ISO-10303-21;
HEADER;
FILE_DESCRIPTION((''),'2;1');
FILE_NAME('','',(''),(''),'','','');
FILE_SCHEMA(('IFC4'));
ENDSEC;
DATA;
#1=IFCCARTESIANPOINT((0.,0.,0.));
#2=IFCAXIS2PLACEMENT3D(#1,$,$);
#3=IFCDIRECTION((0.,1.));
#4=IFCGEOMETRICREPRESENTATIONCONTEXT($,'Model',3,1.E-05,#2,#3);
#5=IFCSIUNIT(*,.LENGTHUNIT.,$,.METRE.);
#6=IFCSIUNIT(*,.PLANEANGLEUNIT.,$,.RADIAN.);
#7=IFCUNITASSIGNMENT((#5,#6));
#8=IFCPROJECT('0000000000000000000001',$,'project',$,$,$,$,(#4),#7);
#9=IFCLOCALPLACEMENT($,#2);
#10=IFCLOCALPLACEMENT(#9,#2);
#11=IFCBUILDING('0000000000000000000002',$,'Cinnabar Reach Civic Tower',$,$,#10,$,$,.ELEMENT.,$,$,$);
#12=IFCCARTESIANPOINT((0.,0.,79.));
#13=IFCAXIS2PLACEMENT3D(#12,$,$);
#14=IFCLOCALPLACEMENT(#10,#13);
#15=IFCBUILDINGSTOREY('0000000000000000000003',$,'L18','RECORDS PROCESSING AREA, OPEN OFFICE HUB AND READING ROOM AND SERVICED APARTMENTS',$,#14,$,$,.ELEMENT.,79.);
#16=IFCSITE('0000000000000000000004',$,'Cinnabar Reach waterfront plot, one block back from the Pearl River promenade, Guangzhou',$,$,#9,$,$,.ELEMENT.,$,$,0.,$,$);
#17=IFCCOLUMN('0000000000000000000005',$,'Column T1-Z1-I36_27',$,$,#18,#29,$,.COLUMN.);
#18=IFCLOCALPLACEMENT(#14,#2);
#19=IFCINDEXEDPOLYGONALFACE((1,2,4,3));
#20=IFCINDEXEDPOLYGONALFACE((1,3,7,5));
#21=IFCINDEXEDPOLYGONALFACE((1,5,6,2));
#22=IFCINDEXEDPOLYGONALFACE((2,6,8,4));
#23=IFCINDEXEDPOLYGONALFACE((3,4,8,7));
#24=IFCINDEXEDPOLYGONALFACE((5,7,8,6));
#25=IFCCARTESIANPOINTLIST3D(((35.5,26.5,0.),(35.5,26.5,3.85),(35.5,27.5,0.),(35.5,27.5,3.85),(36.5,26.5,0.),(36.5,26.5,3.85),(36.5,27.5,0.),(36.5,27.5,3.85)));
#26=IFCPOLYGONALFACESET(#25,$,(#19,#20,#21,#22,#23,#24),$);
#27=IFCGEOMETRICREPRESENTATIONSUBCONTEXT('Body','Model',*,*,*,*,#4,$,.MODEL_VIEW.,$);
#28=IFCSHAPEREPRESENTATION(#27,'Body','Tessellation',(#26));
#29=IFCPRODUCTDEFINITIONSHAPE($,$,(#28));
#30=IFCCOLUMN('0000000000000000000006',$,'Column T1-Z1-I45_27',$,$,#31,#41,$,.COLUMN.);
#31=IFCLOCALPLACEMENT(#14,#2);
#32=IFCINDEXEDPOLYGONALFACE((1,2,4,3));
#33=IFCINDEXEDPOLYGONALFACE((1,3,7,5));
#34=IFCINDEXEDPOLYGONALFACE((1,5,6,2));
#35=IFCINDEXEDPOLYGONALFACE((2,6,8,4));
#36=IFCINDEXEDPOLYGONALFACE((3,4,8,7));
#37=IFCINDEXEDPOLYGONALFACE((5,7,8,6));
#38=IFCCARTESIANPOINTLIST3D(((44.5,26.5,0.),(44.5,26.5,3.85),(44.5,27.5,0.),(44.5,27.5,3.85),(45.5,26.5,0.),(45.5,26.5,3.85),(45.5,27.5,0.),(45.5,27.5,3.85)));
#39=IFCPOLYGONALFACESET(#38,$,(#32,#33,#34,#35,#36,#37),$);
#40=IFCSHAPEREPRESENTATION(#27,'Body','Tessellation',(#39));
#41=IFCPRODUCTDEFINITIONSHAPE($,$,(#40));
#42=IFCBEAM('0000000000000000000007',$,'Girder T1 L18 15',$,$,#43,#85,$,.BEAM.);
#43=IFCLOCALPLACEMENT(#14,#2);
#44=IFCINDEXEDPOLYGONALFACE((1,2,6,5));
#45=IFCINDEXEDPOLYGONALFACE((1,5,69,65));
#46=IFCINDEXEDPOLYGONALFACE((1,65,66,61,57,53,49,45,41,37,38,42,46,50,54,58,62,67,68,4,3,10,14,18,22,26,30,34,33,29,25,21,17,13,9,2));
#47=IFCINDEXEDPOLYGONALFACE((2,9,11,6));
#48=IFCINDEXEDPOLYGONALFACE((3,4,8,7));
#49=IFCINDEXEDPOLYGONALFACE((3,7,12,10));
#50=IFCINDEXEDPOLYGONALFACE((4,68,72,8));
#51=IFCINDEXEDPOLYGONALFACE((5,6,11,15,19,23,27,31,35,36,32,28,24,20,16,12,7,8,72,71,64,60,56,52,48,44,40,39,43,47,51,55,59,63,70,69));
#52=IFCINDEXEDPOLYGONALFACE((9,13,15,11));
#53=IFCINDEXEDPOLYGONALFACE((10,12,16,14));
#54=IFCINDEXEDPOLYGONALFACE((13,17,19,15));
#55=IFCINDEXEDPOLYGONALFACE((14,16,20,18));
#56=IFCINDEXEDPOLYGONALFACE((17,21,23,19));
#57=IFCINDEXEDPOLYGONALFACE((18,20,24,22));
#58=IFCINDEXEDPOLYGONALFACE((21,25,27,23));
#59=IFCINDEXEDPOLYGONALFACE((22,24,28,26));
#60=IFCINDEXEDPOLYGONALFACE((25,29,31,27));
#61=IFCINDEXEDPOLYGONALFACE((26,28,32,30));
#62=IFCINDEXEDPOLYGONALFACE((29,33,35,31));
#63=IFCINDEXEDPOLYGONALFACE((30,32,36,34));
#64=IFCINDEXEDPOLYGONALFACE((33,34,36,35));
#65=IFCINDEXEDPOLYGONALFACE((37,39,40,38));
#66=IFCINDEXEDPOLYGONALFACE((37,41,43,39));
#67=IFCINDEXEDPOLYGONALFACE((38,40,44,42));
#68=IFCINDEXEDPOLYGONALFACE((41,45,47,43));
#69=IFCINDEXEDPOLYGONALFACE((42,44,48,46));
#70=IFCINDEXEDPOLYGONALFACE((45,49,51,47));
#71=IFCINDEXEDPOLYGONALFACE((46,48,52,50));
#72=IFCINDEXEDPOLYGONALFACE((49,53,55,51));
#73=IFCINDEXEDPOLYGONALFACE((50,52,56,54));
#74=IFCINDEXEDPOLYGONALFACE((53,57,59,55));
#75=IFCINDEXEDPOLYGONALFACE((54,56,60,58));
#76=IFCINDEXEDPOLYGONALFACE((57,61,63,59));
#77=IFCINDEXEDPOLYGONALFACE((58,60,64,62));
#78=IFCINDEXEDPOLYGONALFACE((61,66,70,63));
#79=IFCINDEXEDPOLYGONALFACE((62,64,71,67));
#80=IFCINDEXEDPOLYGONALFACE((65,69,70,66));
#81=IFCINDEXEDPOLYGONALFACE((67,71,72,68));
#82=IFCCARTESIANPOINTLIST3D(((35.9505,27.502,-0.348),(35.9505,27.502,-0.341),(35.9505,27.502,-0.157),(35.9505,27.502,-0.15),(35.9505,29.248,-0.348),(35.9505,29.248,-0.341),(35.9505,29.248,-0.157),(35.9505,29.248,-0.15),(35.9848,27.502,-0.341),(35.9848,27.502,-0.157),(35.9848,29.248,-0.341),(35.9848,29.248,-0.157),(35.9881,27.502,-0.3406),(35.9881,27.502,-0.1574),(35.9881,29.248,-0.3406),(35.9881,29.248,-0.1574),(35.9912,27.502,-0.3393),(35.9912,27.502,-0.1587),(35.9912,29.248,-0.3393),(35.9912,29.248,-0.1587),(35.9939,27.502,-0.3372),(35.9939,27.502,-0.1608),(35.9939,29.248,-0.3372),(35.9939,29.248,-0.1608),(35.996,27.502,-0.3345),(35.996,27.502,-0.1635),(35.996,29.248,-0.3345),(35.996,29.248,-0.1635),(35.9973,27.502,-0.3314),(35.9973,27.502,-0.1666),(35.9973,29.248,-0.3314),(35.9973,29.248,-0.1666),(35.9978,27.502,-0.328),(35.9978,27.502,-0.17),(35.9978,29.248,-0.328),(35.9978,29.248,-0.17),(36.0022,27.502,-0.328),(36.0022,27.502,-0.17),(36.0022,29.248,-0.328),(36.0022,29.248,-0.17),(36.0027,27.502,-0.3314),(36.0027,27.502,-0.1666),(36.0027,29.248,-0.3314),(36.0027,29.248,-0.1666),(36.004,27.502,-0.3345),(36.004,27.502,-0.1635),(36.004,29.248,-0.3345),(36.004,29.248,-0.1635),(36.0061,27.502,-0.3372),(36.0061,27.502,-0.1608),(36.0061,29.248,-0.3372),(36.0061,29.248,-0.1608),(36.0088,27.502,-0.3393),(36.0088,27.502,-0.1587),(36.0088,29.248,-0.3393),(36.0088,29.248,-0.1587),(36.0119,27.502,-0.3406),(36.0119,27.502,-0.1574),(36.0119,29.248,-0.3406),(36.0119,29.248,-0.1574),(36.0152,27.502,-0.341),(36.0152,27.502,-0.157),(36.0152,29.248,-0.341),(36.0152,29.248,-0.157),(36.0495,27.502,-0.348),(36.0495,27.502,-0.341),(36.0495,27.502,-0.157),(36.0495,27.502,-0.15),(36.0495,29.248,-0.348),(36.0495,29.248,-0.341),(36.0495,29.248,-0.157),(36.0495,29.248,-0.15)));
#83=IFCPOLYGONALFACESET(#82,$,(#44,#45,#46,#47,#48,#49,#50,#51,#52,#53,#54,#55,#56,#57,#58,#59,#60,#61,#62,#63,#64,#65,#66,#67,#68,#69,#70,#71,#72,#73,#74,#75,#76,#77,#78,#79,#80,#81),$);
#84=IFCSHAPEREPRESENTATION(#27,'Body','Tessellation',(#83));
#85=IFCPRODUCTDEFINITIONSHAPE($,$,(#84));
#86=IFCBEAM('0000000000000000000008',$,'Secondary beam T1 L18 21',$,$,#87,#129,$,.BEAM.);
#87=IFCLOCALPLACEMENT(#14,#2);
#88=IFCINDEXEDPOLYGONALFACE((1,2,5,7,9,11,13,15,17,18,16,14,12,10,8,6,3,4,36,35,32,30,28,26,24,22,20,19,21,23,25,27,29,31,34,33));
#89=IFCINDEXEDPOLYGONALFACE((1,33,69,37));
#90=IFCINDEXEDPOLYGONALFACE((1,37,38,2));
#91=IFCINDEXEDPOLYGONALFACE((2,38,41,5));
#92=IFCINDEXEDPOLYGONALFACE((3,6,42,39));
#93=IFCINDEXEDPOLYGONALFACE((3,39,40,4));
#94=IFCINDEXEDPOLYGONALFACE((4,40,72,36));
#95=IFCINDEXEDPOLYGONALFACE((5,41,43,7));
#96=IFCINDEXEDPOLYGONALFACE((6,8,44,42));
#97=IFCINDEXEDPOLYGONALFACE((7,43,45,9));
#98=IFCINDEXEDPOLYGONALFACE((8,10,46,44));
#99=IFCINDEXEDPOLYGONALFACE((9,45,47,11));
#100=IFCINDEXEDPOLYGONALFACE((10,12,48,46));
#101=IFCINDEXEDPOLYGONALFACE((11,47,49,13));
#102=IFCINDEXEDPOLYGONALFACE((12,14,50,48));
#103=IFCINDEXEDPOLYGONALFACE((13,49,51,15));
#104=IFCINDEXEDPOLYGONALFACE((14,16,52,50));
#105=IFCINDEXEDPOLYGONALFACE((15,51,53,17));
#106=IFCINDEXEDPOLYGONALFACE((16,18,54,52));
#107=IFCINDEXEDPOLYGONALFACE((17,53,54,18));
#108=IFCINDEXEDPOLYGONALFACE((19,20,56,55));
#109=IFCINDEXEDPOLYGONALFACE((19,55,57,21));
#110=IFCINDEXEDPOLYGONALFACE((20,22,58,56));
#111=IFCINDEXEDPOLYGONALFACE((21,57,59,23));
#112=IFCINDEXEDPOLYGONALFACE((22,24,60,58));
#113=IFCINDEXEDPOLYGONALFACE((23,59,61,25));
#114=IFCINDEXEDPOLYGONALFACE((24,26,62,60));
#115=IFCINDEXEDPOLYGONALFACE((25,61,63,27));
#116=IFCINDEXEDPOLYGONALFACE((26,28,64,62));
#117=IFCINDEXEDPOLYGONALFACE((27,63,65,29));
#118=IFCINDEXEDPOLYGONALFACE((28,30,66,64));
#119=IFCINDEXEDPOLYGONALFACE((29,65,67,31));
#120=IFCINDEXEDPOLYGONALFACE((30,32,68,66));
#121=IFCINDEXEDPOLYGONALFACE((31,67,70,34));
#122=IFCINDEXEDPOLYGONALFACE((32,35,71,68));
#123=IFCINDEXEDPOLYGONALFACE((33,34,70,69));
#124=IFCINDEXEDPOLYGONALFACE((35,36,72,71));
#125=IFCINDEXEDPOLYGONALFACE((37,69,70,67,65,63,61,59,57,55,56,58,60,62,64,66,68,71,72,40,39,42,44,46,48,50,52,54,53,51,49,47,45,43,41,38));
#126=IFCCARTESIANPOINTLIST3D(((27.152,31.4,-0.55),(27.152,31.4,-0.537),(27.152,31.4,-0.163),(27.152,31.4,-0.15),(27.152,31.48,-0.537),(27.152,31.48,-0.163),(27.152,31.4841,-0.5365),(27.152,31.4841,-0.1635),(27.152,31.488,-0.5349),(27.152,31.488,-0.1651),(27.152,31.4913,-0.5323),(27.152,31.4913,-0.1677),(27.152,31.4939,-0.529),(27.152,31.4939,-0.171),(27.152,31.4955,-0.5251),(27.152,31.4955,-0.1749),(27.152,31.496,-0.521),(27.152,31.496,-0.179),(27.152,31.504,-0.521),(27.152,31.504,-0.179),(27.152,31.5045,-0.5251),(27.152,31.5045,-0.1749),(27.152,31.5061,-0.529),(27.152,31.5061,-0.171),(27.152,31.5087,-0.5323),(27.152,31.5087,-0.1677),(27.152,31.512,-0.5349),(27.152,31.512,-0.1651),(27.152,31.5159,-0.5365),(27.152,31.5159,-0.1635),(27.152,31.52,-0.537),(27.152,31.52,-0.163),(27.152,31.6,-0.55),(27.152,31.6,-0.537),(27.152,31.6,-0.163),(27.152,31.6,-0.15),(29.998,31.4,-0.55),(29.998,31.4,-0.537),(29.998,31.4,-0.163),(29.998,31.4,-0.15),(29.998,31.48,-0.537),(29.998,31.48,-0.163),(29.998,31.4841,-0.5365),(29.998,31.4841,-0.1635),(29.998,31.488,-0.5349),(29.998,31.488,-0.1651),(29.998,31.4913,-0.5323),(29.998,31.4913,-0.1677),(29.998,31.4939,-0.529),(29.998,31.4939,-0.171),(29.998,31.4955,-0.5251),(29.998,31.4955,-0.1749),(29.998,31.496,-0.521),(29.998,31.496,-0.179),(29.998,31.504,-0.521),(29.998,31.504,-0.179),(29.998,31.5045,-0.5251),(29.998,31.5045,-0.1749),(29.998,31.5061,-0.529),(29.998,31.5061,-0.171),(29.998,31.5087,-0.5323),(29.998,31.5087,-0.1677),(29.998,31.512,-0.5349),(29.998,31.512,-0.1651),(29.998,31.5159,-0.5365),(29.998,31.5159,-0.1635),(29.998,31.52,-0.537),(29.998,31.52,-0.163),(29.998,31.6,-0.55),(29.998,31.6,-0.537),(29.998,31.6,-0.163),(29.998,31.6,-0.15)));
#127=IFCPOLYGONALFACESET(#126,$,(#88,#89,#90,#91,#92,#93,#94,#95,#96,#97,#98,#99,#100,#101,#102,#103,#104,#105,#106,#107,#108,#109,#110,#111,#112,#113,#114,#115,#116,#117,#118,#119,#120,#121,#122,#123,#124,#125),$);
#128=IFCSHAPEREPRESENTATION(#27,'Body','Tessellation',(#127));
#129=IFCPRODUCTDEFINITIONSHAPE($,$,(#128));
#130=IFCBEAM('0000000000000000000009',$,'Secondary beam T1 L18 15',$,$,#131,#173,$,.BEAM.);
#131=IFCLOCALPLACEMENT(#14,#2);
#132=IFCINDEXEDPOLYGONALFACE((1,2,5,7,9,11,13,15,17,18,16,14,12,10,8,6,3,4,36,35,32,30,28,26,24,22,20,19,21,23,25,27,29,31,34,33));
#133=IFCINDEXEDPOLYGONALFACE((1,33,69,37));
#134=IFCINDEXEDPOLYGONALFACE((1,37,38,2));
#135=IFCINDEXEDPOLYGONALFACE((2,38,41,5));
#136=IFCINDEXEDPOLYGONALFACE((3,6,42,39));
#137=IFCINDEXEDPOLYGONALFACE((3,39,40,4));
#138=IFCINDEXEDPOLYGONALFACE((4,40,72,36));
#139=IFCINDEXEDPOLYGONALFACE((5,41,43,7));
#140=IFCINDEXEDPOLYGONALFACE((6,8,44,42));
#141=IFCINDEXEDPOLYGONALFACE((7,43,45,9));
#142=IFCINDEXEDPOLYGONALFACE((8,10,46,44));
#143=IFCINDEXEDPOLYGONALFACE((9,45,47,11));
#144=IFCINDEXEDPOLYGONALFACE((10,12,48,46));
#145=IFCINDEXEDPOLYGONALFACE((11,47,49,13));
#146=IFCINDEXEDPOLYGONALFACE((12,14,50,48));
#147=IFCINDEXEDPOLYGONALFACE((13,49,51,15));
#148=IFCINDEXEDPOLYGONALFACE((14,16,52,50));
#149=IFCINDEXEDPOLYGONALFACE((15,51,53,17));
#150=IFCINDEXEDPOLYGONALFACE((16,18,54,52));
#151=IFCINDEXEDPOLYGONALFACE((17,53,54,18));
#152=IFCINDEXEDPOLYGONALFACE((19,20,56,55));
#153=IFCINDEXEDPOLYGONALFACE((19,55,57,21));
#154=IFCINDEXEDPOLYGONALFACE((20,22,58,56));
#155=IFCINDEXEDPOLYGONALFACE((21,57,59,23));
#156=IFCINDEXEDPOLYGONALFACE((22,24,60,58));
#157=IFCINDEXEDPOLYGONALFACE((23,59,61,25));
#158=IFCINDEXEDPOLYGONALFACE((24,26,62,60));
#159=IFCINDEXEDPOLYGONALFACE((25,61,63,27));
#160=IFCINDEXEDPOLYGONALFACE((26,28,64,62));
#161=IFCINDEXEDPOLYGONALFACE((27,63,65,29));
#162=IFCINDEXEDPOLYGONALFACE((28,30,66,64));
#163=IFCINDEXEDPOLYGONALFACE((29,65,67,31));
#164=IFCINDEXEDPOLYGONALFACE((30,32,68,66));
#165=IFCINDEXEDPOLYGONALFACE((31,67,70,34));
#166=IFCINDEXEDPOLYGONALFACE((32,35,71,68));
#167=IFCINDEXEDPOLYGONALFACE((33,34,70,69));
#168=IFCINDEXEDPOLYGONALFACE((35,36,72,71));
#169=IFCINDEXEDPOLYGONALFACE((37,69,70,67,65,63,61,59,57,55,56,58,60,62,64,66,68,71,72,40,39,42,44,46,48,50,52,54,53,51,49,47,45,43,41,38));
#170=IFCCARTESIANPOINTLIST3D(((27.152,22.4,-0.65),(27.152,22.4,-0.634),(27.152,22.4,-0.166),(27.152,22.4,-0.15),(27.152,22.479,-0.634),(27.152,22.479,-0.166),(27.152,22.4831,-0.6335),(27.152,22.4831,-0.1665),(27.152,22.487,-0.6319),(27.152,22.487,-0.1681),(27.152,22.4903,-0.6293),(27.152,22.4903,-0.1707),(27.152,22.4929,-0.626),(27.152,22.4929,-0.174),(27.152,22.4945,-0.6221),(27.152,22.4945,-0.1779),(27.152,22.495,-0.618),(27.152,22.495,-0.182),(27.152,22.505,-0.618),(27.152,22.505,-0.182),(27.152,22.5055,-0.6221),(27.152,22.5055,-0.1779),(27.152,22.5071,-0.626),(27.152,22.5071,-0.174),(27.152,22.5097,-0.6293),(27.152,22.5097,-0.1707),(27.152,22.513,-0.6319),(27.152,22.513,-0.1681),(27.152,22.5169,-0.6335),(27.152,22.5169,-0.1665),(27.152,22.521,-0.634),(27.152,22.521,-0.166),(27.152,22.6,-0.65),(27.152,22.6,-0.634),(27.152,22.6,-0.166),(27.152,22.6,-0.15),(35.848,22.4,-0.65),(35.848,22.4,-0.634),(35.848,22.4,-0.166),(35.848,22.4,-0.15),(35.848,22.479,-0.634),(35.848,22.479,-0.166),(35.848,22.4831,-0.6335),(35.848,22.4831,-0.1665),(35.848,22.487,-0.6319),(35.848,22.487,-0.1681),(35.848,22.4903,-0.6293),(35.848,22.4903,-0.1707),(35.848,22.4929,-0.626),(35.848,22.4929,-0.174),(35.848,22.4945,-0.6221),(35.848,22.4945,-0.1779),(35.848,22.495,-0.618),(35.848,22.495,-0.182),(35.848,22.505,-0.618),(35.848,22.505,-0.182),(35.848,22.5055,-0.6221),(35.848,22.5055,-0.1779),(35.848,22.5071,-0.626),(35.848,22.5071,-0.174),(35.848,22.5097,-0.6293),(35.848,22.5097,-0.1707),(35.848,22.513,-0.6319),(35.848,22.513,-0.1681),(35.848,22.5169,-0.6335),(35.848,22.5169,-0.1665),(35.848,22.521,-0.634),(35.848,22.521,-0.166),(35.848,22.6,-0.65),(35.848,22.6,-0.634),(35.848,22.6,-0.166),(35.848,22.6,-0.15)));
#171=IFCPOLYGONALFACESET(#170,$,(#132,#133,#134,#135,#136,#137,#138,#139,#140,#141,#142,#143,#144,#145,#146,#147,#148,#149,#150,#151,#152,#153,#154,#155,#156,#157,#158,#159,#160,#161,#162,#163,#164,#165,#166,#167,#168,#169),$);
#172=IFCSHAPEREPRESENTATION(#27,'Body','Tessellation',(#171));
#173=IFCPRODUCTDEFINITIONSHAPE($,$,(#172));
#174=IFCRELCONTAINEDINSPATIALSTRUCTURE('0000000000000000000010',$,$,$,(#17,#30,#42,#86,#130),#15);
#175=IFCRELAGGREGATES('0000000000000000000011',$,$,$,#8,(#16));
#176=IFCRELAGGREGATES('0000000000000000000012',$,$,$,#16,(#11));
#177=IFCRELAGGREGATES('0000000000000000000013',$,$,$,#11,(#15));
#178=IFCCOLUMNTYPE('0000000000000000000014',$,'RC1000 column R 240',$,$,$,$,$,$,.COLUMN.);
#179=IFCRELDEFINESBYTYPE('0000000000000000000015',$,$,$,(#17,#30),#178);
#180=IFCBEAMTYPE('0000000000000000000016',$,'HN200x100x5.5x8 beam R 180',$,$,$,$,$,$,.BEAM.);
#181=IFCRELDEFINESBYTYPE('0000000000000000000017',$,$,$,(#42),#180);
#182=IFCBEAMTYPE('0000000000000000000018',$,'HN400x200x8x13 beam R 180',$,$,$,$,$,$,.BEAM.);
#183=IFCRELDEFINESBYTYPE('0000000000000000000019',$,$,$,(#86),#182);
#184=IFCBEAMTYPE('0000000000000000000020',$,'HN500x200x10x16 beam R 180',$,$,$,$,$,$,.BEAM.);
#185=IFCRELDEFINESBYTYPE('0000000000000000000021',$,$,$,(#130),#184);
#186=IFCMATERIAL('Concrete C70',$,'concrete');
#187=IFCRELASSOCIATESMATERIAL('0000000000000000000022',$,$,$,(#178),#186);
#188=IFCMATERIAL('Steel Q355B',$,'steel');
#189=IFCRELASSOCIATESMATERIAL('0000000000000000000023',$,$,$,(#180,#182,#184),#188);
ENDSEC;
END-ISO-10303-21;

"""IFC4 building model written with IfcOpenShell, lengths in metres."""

from ifc_helpers import new_model, si_unit, direction, frame, origin, origin_2d, place, context, subcontext, project, spatial, rectangle, i_section, extrude, material, material_profile, profile_set, type_object, element, save


model = new_model("IFC4")

# Units and contexts
model_context = context("Model", 3, precision=1e-05, world=origin(), true_north=direction((0.0, 1.0)))
body_context = subcontext(model_context, "Body", "Model", "MODEL_VIEW")
ifc_project = project(units=[si_unit("LENGTHUNIT", "METRE"), si_unit("PLANEANGLEUNIT", "RADIAN")], contexts=[model_context])

# Site, building, storey
site_placement = place(None, origin())
site = spatial("IfcSite", under=ifc_project, at=site_placement, Name="Cinnabar Reach waterfront plot, one block back from the Pearl River promenade, Guangzhou", CompositionType="ELEMENT", RefElevation=0.0)
building_placement = place(site_placement, origin())
building = spatial("IfcBuilding", under=site, at=building_placement, Name="Cinnabar Reach Civic Tower", CompositionType="ELEMENT")
storey_placement = place(building_placement, frame((0.0, 0.0, 79.0)))
storey = spatial("IfcBuildingStorey", under=building, at=storey_placement, Name="L18", Description="RECORDS PROCESSING AREA, OPEN OFFICE HUB AND READING ROOM AND SERVICED APARTMENTS", CompositionType="ELEMENT", Elevation=79.0)

# Columns
ifc_material_1 = material(Name="Concrete C70", Category="concrete")
ifc_material_profile_1 = material_profile(ifc_material_1, rectangle(XDim=1.0, YDim=1.0, at=origin_2d()), Name="RC1000")
ifc_profile_set_1 = profile_set([ifc_material_profile_1], Name="Concrete C70")
column_type = type_object("IfcColumnType", Name="RC1000 column R 240", PredefinedType="COLUMN", material=ifc_profile_set_1)
for number, where, z_axis, x_axis, name in (
    (1, (36.0, 27.0, 0.0), (0.0, 0.0, 1.0), (1.0, 0.0, 0.0), "Column T1-Z1-I36_27"),
    (2, (45.0, 27.0, 0.0), (0.0, 0.0, 1.0), (1.0, 0.0, 0.0), "Column T1-Z1-I45_27"),
):
    element("IfcColumn", number, at=place(storey_placement, frame(where, z_axis=z_axis, x_axis=x_axis)), inside=storey, type_object=column_type, Name=name, PredefinedType="COLUMN", context=body_context, shape_type="SweptSolid", body=[
        extrude(rectangle(XDim=1.0, YDim=1.0, at=origin_2d()), origin(), (0.0, 0.0, 1.0), 3.85),
    ])

# Beams
ifc_material_2 = material(Name="Steel Q355B", Category="steel")
ifc_material_profile_2 = material_profile(ifc_material_2, i_section(OverallWidth=0.099, OverallDepth=0.198, WebThickness=0.0045, FlangeThickness=0.007, FilletRadius=0.013, at=origin_2d()), Name="HN200x100x5.5x8")
ifc_profile_set_2 = profile_set([ifc_material_profile_2], Name="Steel Q355B")
beam_type_1 = type_object("IfcBeamType", Name="HN200x100x5.5x8 beam R 180", PredefinedType="BEAM", material=ifc_profile_set_2)
beam_1_placement = place(storey_placement, frame((36.0, 27.502, -0.249), z_axis=(0.0, 1.0, 0.0), x_axis=(-1.0, 0.0, 0.0)))
element("IfcBeam", 3, at=beam_1_placement, inside=storey, type_object=beam_type_1, Name="Girder T1 L18 15", PredefinedType="BEAM", context=body_context, shape_type="SweptSolid", body=[
    extrude(i_section(OverallWidth=0.099, OverallDepth=0.198, WebThickness=0.0045, FlangeThickness=0.007, FilletRadius=0.013, at=origin_2d()), origin(), (0.0, 0.0, 1.0), 1.746),
])
ifc_material_profile_3 = material_profile(ifc_material_2, i_section(OverallWidth=0.2, OverallDepth=0.4, WebThickness=0.008, FlangeThickness=0.013, FilletRadius=0.016, at=origin_2d()), Name="HN400x200x8x13")
ifc_profile_set_3 = profile_set([ifc_material_profile_3], Name="Steel Q355B")
beam_type_2 = type_object("IfcBeamType", Name="HN400x200x8x13 beam R 180", PredefinedType="BEAM", material=ifc_profile_set_3)
beam_2_placement = place(storey_placement, frame((27.152, 31.5, -0.35), z_axis=(1.0, 0.0, 0.0), x_axis=(0.0, 1.0, 0.0)))
element("IfcBeam", 4, at=beam_2_placement, inside=storey, type_object=beam_type_2, Name="Secondary beam T1 L18 21", PredefinedType="BEAM", context=body_context, shape_type="SweptSolid", body=[
    extrude(i_section(OverallWidth=0.2, OverallDepth=0.4, WebThickness=0.008, FlangeThickness=0.013, FilletRadius=0.016, at=origin_2d()), origin(), (0.0, 0.0, 1.0), 2.846),
])
ifc_material_profile_4 = material_profile(ifc_material_2, i_section(OverallWidth=0.2, OverallDepth=0.5, WebThickness=0.01, FlangeThickness=0.016, FilletRadius=0.016, at=origin_2d()), Name="HN500x200x10x16")
ifc_profile_set_4 = profile_set([ifc_material_profile_4], Name="Steel Q355B")
beam_type_3 = type_object("IfcBeamType", Name="HN500x200x10x16 beam R 180", PredefinedType="BEAM", material=ifc_profile_set_4)
for number, where, z_axis, x_axis, name in (
    (5, (27.152, 22.5, -0.4), (1.0, 0.0, 0.0), (0.0, 1.0, 0.0), "Secondary beam T1 L18 15"),
):
    element("IfcBeam", number, at=place(storey_placement, frame(where, z_axis=z_axis, x_axis=x_axis)), inside=storey, type_object=beam_type_3, Name=name, PredefinedType="BEAM", context=body_context, shape_type="SweptSolid", body=[
        extrude(i_section(OverallWidth=0.2, OverallDepth=0.5, WebThickness=0.01, FlangeThickness=0.016, FilletRadius=0.016, at=origin_2d()), origin(), (0.0, 0.0, 1.0), 8.696),
    ])

save(model, "model.ifc")
